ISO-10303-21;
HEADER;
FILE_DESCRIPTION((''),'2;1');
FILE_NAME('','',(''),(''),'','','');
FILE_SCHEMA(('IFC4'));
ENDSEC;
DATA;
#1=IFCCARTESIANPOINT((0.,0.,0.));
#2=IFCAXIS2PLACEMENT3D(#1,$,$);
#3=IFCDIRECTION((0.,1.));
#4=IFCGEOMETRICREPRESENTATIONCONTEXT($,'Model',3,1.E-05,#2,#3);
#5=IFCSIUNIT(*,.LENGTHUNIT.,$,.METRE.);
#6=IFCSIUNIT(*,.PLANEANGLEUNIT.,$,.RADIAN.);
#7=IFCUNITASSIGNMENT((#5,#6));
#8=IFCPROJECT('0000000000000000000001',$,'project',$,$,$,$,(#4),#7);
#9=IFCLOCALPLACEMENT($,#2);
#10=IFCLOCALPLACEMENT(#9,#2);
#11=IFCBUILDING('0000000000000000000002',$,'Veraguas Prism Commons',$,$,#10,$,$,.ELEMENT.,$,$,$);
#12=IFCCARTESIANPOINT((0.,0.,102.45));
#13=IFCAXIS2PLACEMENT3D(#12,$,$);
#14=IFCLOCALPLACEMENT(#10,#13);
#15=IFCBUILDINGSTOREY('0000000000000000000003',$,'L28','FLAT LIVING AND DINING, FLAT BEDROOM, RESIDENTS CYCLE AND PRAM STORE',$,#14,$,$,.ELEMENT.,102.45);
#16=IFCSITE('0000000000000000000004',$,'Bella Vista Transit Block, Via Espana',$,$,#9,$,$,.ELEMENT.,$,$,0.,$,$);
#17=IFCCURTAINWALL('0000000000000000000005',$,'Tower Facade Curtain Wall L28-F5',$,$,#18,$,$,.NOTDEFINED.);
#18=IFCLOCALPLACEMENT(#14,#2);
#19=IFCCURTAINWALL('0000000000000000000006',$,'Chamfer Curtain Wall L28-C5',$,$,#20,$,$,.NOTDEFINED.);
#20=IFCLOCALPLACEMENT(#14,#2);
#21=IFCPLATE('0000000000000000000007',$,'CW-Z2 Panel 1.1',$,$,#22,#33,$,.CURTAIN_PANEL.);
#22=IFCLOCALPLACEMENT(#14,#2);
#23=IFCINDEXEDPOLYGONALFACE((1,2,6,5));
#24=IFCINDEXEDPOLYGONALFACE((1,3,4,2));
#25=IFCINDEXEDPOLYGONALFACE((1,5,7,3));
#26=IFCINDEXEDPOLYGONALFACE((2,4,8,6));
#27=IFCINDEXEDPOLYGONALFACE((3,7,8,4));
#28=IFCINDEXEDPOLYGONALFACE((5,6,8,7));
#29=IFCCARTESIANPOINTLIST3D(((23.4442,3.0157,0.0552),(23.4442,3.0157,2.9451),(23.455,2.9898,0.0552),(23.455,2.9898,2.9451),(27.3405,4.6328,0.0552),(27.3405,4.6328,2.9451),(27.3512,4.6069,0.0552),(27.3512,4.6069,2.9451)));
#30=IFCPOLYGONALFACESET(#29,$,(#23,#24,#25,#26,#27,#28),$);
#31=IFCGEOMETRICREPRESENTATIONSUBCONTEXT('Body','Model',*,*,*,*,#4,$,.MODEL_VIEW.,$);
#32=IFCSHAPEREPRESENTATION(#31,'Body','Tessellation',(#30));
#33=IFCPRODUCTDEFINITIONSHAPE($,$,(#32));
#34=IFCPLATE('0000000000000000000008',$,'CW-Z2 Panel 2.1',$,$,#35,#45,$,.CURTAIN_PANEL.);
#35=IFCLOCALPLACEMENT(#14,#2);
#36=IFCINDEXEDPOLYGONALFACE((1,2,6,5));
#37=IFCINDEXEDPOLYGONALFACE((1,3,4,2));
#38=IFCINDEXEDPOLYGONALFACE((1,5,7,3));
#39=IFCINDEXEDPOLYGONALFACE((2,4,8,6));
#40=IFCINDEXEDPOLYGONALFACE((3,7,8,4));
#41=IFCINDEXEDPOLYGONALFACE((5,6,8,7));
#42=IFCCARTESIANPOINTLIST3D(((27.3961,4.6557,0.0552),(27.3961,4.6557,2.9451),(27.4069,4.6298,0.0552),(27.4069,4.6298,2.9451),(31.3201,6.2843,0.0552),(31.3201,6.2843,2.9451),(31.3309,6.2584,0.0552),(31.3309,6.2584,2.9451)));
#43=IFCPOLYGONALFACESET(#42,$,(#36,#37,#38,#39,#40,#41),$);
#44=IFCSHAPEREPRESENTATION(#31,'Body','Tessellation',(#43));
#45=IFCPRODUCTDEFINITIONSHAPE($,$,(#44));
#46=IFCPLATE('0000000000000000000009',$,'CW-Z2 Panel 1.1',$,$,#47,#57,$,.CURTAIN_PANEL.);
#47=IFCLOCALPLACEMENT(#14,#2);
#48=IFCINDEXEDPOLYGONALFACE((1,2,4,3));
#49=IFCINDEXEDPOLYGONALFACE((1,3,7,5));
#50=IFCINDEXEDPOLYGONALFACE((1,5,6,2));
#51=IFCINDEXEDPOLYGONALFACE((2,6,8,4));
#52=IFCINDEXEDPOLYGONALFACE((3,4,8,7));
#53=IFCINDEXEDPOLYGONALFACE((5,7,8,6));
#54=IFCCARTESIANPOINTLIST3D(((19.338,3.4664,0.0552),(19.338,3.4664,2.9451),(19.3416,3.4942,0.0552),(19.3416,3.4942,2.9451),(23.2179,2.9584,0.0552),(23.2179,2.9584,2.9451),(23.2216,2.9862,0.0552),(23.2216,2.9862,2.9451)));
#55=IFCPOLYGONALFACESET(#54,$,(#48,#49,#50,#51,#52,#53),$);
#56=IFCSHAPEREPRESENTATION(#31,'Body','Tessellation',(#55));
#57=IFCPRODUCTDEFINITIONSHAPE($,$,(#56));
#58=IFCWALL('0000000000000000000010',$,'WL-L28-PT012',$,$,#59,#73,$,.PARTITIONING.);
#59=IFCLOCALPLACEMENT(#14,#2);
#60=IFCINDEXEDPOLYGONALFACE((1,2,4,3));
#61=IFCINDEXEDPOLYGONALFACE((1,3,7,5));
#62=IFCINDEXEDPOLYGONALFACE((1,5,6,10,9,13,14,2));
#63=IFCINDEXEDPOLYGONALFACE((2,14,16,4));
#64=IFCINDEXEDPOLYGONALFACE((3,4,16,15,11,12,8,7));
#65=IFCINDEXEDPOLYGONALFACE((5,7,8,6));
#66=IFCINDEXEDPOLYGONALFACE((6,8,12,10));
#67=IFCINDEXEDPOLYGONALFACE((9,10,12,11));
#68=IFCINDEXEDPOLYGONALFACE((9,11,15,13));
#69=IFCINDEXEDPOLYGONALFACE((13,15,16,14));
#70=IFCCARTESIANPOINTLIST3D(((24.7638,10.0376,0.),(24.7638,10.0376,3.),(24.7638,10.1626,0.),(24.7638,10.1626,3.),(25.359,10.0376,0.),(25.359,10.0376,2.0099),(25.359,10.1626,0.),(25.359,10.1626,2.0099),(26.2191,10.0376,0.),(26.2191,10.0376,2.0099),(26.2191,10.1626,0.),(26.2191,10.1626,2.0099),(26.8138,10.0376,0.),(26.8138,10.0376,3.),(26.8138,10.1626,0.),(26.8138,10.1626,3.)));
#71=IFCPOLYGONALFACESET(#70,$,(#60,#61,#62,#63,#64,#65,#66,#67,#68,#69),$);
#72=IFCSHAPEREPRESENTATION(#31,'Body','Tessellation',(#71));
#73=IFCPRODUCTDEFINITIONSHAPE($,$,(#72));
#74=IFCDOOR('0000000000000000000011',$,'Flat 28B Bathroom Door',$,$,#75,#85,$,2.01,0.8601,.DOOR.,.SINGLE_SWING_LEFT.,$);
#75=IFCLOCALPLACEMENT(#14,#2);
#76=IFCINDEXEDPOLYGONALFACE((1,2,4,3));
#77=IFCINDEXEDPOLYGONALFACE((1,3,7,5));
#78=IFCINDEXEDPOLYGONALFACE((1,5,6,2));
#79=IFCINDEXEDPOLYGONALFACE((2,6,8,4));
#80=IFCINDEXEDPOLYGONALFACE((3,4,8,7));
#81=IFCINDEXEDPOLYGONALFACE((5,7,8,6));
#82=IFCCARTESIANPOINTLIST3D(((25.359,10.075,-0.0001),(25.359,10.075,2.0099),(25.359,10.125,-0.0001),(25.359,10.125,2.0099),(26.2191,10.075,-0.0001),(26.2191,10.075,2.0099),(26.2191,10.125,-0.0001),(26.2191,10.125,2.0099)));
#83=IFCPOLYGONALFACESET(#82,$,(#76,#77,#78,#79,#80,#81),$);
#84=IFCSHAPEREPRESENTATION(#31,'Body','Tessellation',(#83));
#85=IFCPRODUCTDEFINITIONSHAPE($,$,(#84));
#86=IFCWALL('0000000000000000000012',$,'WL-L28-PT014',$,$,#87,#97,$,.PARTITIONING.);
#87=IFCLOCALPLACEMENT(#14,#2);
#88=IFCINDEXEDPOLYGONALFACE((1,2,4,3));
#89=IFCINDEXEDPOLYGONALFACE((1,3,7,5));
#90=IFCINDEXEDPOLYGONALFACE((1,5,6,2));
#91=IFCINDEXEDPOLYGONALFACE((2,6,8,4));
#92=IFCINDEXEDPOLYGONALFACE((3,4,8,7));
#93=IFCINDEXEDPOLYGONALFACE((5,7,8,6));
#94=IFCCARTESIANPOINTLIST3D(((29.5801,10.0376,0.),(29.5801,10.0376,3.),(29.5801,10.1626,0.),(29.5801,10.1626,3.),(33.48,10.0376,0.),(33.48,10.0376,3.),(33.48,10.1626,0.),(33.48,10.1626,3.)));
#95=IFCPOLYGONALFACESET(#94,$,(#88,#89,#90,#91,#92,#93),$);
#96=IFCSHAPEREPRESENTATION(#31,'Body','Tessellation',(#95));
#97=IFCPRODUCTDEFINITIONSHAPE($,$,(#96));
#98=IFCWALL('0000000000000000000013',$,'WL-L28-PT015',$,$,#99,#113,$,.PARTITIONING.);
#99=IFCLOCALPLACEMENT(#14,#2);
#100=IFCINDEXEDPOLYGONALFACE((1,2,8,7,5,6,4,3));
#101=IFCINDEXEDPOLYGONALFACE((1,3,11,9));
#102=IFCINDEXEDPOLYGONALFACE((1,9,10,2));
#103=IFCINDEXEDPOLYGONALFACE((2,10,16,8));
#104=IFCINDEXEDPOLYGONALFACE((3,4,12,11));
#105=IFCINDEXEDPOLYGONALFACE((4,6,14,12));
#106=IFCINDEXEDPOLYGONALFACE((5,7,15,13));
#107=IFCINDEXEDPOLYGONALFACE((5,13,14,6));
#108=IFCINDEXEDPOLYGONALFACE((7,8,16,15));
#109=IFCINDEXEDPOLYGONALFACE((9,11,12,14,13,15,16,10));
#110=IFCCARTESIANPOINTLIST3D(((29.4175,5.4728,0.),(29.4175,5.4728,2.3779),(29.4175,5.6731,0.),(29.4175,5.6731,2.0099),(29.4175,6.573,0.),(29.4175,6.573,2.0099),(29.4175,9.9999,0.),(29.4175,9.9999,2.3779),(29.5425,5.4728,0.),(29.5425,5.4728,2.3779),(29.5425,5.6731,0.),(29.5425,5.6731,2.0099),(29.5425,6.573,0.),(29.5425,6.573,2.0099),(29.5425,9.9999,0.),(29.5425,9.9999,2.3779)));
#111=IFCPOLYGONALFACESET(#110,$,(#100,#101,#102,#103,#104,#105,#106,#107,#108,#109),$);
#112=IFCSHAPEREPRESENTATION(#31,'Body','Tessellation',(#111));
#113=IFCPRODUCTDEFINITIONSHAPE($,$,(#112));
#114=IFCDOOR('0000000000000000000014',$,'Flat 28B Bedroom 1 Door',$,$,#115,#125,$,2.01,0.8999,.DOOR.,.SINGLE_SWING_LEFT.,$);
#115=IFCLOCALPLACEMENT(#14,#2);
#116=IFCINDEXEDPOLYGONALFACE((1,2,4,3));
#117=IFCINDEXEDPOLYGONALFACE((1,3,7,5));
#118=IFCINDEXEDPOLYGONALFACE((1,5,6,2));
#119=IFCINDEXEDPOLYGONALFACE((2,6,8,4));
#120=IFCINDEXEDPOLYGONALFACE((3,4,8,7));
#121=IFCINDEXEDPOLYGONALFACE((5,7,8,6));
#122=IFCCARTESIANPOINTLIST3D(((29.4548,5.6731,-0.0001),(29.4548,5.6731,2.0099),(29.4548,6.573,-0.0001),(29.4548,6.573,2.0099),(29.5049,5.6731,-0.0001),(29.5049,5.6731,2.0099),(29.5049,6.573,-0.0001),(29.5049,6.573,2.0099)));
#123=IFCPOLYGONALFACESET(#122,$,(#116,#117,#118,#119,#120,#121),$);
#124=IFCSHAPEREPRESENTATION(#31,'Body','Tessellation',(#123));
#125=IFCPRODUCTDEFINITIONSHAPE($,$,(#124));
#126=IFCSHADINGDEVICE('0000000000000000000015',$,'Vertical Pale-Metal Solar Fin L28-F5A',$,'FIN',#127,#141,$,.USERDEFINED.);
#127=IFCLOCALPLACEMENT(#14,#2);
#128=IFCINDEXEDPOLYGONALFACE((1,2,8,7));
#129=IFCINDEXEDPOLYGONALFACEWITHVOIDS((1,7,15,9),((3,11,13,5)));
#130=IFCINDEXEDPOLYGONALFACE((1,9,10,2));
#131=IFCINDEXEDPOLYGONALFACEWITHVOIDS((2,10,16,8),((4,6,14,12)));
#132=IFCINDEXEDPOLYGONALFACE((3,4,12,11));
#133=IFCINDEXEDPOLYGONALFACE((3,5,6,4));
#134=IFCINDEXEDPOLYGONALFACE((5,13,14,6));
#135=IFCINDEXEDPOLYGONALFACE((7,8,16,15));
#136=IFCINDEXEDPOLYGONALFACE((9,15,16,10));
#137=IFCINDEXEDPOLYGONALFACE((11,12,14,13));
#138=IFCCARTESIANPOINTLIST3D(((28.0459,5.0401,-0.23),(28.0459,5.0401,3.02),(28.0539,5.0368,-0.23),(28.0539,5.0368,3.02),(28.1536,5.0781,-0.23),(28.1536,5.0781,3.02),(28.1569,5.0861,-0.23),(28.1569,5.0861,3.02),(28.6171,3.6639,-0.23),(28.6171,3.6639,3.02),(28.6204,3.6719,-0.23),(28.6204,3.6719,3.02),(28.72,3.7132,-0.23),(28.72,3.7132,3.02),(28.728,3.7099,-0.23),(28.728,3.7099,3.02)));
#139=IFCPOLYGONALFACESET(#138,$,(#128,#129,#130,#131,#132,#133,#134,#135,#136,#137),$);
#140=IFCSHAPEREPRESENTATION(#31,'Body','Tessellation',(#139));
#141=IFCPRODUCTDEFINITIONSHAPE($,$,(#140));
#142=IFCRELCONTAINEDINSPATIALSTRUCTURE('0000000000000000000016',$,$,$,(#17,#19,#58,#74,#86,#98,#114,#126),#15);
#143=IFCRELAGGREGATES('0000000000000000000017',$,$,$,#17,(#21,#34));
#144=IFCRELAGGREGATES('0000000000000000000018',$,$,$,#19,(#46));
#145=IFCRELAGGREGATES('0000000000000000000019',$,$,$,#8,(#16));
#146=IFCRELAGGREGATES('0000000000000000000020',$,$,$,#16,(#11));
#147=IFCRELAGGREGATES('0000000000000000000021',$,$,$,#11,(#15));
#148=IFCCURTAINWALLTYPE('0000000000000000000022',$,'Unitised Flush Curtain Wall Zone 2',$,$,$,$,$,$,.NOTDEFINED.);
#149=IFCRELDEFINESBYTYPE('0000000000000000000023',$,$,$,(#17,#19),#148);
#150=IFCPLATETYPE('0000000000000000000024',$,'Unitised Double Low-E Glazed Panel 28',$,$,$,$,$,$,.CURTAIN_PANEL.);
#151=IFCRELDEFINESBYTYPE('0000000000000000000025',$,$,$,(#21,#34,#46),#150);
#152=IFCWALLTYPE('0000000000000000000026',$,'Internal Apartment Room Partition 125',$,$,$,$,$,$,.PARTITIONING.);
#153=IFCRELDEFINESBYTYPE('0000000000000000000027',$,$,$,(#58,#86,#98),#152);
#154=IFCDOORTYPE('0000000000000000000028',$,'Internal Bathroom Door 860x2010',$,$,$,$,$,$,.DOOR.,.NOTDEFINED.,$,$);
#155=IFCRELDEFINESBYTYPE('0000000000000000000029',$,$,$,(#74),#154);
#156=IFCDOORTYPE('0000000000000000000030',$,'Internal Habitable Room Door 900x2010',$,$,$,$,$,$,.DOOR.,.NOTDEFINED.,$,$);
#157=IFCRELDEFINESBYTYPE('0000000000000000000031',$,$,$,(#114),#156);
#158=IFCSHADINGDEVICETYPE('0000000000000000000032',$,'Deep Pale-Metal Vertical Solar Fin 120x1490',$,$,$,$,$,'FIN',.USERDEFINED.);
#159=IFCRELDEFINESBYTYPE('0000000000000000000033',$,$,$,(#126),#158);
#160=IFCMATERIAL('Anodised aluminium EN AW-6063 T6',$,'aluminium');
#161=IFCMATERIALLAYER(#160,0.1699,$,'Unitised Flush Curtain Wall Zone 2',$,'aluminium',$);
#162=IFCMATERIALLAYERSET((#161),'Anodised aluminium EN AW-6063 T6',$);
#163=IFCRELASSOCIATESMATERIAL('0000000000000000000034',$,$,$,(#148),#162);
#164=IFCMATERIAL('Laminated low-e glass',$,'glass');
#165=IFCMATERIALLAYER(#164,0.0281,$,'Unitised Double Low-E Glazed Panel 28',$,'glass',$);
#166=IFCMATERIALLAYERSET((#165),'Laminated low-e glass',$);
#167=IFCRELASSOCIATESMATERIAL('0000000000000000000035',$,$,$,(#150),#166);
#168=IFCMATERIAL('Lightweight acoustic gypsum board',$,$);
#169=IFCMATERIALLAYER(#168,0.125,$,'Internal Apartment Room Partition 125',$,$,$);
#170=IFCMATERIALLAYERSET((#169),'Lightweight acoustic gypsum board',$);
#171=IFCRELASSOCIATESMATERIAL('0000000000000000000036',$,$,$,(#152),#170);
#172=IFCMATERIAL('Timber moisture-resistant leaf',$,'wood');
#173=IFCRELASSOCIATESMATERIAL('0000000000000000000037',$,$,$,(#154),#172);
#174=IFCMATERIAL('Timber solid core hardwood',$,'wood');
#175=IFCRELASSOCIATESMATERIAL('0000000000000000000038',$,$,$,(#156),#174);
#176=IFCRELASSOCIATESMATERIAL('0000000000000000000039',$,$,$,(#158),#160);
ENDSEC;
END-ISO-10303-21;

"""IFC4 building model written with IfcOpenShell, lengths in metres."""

from ifc_helpers import new_model, si_unit, direction, frame, frame_2d, origin, origin_2d, place, context, subcontext, project, spatial, rectangle, hollow_rectangle, extrude, source, transform, mapped, material, layer, layer_set, material_profile, profile_set, type_object, element, fill, aggregate, save


model = new_model("IFC4")

# Units and contexts
model_context = context("Model", 3, precision=1e-05, world=origin(), true_north=direction((0.0, 1.0)))
body_context = subcontext(model_context, "Body", "Model", "MODEL_VIEW")
ifc_project = project(units=[si_unit("LENGTHUNIT", "METRE"), si_unit("PLANEANGLEUNIT", "RADIAN")], contexts=[model_context])

# Site, building, storey
site_placement = place(None, origin())
site = spatial("IfcSite", under=ifc_project, at=site_placement, Name="Bella Vista Transit Block, Via Espana", CompositionType="ELEMENT", RefElevation=0.0)
building_placement = place(site_placement, origin())
building = spatial("IfcBuilding", under=site, at=building_placement, Name="Veraguas Prism Commons", CompositionType="ELEMENT")
storey_placement = place(building_placement, frame((0.0, 0.0, 102.45)))
storey = spatial("IfcBuildingStorey", under=building, at=storey_placement, Name="L28", Description="FLAT LIVING AND DINING, FLAT BEDROOM, RESIDENTS CYCLE AND PRAM STORE", CompositionType="ELEMENT", Elevation=102.45)

# Curtain wall
ifc_material_1 = material(Name="Anodised aluminium EN AW-6063 T6", Category="aluminium")
ifc_layer_1 = layer(ifc_material_1, 0.1699, Name="Unitised Flush Curtain Wall Zone 2", Category="aluminium")
ifc_layer_set_1 = layer_set([ifc_layer_1], Name="Anodised aluminium EN AW-6063 T6")
curtain_wall_type = type_object("IfcCurtainWallType", Name="Unitised Flush Curtain Wall Zone 2", PredefinedType="NOTDEFINED", material=ifc_layer_set_1)
curtain_wall_1_placement = place(storey_placement, origin())
curtain_wall_1 = element("IfcCurtainWall", 1, at=curtain_wall_1_placement, inside=storey, type_object=curtain_wall_type, Name="Tower Facade Curtain Wall L28-F5", PredefinedType="NOTDEFINED")

# Curtain wall
curtain_wall_2_placement = place(storey_placement, origin())
curtain_wall_2 = element("IfcCurtainWall", 2, at=curtain_wall_2_placement, inside=storey, type_object=curtain_wall_type, Name="Chamfer Curtain Wall L28-C5", PredefinedType="NOTDEFINED")

# Plates
ifc_material_2 = material(Name="Laminated low-e glass", Category="glass")
ifc_layer_2 = layer(ifc_material_2, 0.0281, Name="Unitised Double Low-E Glazed Panel 28", Category="glass")
ifc_layer_set_2 = layer_set([ifc_layer_2], Name="Laminated low-e glass")
plate_type = type_object("IfcPlateType", Name="Unitised Double Low-E Glazed Panel 28", PredefinedType="CURTAIN_PANEL", material=ifc_layer_set_2)
shared_shape_1 = source(origin(), body_context, "Body", "SweptSolid", [
    extrude(rectangle(XDim=4.2185, YDim=0.0281, at=origin_2d()), origin(), (0.0, 0.0, 1.0), 2.8899),
])
plate_1_placement = place(storey_placement, frame((25.3977, 3.8113, 0.0552), z_axis=(0.0, 0.0, 1.0), x_axis=(0.923611, 0.383332, 0.0)))
plate_1 = element("IfcPlate", 3, at=plate_1_placement, type_object=plate_type, Name="CW-Z2 Panel 1.1", PredefinedType="CURTAIN_PANEL", context=body_context, shape_type="MappedRepresentation", body=[
    mapped(shared_shape_1, transform((0.0, 0.0, 0.0), scale=1.0)),
])
shared_shape_2 = source(origin(), body_context, "Body", "SweptSolid", [
    extrude(rectangle(XDim=4.2485, YDim=0.0281, at=origin_2d()), origin(), (0.0, 0.0, 1.0), 2.8899),
])
plate_2_placement = place(storey_placement, frame((29.3635, 5.457, 0.0552), z_axis=(0.0, 0.0, 1.0), x_axis=(0.923611, 0.383332, 0.0)))
plate_2 = element("IfcPlate", 4, at=plate_2_placement, type_object=plate_type, Name="CW-Z2 Panel 2.1", PredefinedType="CURTAIN_PANEL", context=body_context, shape_type="MappedRepresentation", body=[
    mapped(shared_shape_2, transform((0.0, 0.0, 0.0), scale=1.0)),
])
aggregate(curtain_wall_1, [plate_1, plate_2])
shared_shape_3 = source(origin(), body_context, "Body", "SweptSolid", [
    extrude(rectangle(XDim=3.9131, YDim=0.0281, at=origin_2d()), origin(), (0.0, 0.0, 1.0), 2.8899),
])
plate_3_placement = place(storey_placement, frame((21.2798, 3.2263, 0.0552), z_axis=(0.0, 0.0, 1.0), x_axis=(0.991537, -0.129825, 0.0)))
plate_3 = element("IfcPlate", 5, at=plate_3_placement, type_object=plate_type, Name="CW-Z2 Panel 1.1", PredefinedType="CURTAIN_PANEL", context=body_context, shape_type="MappedRepresentation", body=[
    mapped(shared_shape_3, transform((0.0, 0.0, 0.0), scale=1.0)),
])
aggregate(curtain_wall_2, [plate_3])

# Wall, opening, door
ifc_material_3 = material(Name="Lightweight acoustic gypsum board")
ifc_layer_3 = layer(ifc_material_3, 0.125, Name="Internal Apartment Room Partition 125")
ifc_layer_set_3 = layer_set([ifc_layer_3], Name="Lightweight acoustic gypsum board")
wall_type = type_object("IfcWallType", Name="Internal Apartment Room Partition 125", PredefinedType="PARTITIONING", material=ifc_layer_set_3)
wall_1_placement = place(storey_placement, frame((24.7639, 10.1001, 0.0), z_axis=(0.0, 0.0, 1.0), x_axis=(1.0, 0.0, 0.0)))
wall_1 = element("IfcWall", 6, at=wall_1_placement, inside=storey, type_object=wall_type, Name="WL-L28-PT012", PredefinedType="PARTITIONING", context=body_context, shape_type="SweptSolid", body=[
    extrude(rectangle(XDim=2.05, YDim=0.125, at=frame_2d((1.0249, 0.0))), origin(), (0.0, 0.0, 1.0), 3.0),
])
opening_1_placement = place(wall_1_placement, frame((0.595, 0.0, 0.0)))
opening_1 = element("IfcOpeningElement", 7, at=opening_1_placement, cuts=wall_1, PredefinedType="OPENING", context=body_context, shape_type="SweptSolid", body=[
    extrude(rectangle(XDim=0.8601, YDim=2.01, at=frame_2d((0.4302, 1.0049))), frame((0.0, 0.0725, 0.0), z_axis=(0.0, -1.0, 0.0), x_axis=(1.0, 0.0, 0.0)), (0.0, 0.0, 1.0), 0.145),
])
ifc_material_4 = material(Name="Timber moisture-resistant leaf", Category="wood")
door_type_1 = type_object("IfcDoorType", Name="Internal Bathroom Door 860x2010", OperationType="NOTDEFINED", PredefinedType="DOOR", material=ifc_material_4)
shared_shape_4 = source(origin(), body_context, "Body", "SweptSolid", [
    extrude(rectangle(XDim=0.8601, YDim=2.01, at=frame_2d((0.4302, 1.0049))), frame((0.0, 0.0249, 0.0), z_axis=(0.0, -1.0, 0.0), x_axis=(1.0, 0.0, 0.0)), (0.0, 0.0, 1.0), 0.05),
])
door_1_placement = place(opening_1_placement, origin())
door_1 = element("IfcDoor", 8, at=door_1_placement, inside=storey, type_object=door_type_1, Name="Flat 28B Bathroom Door", OperationType="SINGLE_SWING_LEFT", OverallHeight=2.01, OverallWidth=0.8601, PredefinedType="DOOR", context=body_context, shape_type="MappedRepresentation", body=[
    mapped(shared_shape_4, transform((0.0, 0.0, 0.0), scale=1.0)),
])
fill(opening_1, door_1)

# Wall
wall_2_placement = place(storey_placement, frame((29.5801, 10.1001, 0.0), z_axis=(0.0, 0.0, 1.0), x_axis=(1.0, 0.0, 0.0)))
element("IfcWall", 9, at=wall_2_placement, inside=storey, type_object=wall_type, Name="WL-L28-PT014", PredefinedType="PARTITIONING", context=body_context, shape_type="SweptSolid", body=[
    extrude(rectangle(XDim=3.8999, YDim=0.125, at=frame_2d((1.95, 0.0))), origin(), (0.0, 0.0, 1.0), 3.0),
])

# Wall, opening, door
wall_3_placement = place(storey_placement, frame((29.48, 10.0, 0.0), z_axis=(0.0, 0.0, 1.0), x_axis=(0.0, -1.0, 0.0)))
wall_3 = element("IfcWall", 10, at=wall_3_placement, inside=storey, type_object=wall_type, Name="WL-L28-PT015", PredefinedType="PARTITIONING", context=body_context, shape_type="SweptSolid", body=[
    extrude(rectangle(XDim=4.5271, YDim=0.125, at=frame_2d((2.2637, 0.0))), origin(), (0.0, 0.0, 1.0), 2.3779),
])
opening_2_placement = place(wall_3_placement, frame((3.427, 0.0, 0.0)))
opening_2 = element("IfcOpeningElement", 11, at=opening_2_placement, cuts=wall_3, PredefinedType="OPENING", context=body_context, shape_type="SweptSolid", body=[
    extrude(rectangle(XDim=0.8999, YDim=2.01, at=frame_2d((0.45, 1.0049))), frame((0.0, 0.0725, 0.0), z_axis=(0.0, -1.0, 0.0), x_axis=(1.0, 0.0, 0.0)), (0.0, 0.0, 1.0), 0.145),
])
ifc_material_5 = material(Name="Timber solid core hardwood", Category="wood")
door_type_2 = type_object("IfcDoorType", Name="Internal Habitable Room Door 900x2010", OperationType="NOTDEFINED", PredefinedType="DOOR", material=ifc_material_5)
shared_shape_5 = source(origin(), body_context, "Body", "SweptSolid", [
    extrude(rectangle(XDim=0.8999, YDim=2.01, at=frame_2d((0.45, 1.0049))), frame((0.0, 0.0249, 0.0), z_axis=(0.0, -1.0, 0.0), x_axis=(1.0, 0.0, 0.0)), (0.0, 0.0, 1.0), 0.05),
])
door_2_placement = place(opening_2_placement, origin())
door_2 = element("IfcDoor", 12, at=door_2_placement, inside=storey, type_object=door_type_2, Name="Flat 28B Bedroom 1 Door", OperationType="SINGLE_SWING_LEFT", OverallHeight=2.01, OverallWidth=0.8999, PredefinedType="DOOR", context=body_context, shape_type="MappedRepresentation", body=[
    mapped(shared_shape_5, transform((0.0, 0.0, 0.0), scale=1.0)),
])
fill(opening_2, door_2)

# Shading device
ifc_material_profile_1 = material_profile(ifc_material_1, hollow_rectangle(XDim=0.1201, YDim=1.49, WallThickness=0.0061, at=origin_2d()), Name="FIN120X1490X6")
ifc_profile_set_1 = profile_set([ifc_material_profile_1], Name="Anodised aluminium EN AW-6063 T6")
shading_device_type = type_object("IfcShadingDeviceType", Name="Deep Pale-Metal Vertical Solar Fin 120x1490", ElementType="FIN", PredefinedType="USERDEFINED", material=ifc_profile_set_1)
shading_device_placement = place(storey_placement, frame((28.387, 4.375, -0.23), z_axis=(0.0, 0.0, 1.0), x_axis=(0.923611, 0.383332, 0.0)))
element("IfcShadingDevice", 13, at=shading_device_placement, inside=storey, type_object=shading_device_type, Name="Vertical Pale-Metal Solar Fin L28-F5A", ObjectType="FIN", PredefinedType="USERDEFINED", context=body_context, shape_type="SweptSolid", body=[
    extrude(hollow_rectangle(XDim=0.1201, YDim=1.49, WallThickness=0.0061, at=origin_2d()), origin(), (0.0, 0.0, 1.0), 3.25),
])

save(model, "model.ifc")
